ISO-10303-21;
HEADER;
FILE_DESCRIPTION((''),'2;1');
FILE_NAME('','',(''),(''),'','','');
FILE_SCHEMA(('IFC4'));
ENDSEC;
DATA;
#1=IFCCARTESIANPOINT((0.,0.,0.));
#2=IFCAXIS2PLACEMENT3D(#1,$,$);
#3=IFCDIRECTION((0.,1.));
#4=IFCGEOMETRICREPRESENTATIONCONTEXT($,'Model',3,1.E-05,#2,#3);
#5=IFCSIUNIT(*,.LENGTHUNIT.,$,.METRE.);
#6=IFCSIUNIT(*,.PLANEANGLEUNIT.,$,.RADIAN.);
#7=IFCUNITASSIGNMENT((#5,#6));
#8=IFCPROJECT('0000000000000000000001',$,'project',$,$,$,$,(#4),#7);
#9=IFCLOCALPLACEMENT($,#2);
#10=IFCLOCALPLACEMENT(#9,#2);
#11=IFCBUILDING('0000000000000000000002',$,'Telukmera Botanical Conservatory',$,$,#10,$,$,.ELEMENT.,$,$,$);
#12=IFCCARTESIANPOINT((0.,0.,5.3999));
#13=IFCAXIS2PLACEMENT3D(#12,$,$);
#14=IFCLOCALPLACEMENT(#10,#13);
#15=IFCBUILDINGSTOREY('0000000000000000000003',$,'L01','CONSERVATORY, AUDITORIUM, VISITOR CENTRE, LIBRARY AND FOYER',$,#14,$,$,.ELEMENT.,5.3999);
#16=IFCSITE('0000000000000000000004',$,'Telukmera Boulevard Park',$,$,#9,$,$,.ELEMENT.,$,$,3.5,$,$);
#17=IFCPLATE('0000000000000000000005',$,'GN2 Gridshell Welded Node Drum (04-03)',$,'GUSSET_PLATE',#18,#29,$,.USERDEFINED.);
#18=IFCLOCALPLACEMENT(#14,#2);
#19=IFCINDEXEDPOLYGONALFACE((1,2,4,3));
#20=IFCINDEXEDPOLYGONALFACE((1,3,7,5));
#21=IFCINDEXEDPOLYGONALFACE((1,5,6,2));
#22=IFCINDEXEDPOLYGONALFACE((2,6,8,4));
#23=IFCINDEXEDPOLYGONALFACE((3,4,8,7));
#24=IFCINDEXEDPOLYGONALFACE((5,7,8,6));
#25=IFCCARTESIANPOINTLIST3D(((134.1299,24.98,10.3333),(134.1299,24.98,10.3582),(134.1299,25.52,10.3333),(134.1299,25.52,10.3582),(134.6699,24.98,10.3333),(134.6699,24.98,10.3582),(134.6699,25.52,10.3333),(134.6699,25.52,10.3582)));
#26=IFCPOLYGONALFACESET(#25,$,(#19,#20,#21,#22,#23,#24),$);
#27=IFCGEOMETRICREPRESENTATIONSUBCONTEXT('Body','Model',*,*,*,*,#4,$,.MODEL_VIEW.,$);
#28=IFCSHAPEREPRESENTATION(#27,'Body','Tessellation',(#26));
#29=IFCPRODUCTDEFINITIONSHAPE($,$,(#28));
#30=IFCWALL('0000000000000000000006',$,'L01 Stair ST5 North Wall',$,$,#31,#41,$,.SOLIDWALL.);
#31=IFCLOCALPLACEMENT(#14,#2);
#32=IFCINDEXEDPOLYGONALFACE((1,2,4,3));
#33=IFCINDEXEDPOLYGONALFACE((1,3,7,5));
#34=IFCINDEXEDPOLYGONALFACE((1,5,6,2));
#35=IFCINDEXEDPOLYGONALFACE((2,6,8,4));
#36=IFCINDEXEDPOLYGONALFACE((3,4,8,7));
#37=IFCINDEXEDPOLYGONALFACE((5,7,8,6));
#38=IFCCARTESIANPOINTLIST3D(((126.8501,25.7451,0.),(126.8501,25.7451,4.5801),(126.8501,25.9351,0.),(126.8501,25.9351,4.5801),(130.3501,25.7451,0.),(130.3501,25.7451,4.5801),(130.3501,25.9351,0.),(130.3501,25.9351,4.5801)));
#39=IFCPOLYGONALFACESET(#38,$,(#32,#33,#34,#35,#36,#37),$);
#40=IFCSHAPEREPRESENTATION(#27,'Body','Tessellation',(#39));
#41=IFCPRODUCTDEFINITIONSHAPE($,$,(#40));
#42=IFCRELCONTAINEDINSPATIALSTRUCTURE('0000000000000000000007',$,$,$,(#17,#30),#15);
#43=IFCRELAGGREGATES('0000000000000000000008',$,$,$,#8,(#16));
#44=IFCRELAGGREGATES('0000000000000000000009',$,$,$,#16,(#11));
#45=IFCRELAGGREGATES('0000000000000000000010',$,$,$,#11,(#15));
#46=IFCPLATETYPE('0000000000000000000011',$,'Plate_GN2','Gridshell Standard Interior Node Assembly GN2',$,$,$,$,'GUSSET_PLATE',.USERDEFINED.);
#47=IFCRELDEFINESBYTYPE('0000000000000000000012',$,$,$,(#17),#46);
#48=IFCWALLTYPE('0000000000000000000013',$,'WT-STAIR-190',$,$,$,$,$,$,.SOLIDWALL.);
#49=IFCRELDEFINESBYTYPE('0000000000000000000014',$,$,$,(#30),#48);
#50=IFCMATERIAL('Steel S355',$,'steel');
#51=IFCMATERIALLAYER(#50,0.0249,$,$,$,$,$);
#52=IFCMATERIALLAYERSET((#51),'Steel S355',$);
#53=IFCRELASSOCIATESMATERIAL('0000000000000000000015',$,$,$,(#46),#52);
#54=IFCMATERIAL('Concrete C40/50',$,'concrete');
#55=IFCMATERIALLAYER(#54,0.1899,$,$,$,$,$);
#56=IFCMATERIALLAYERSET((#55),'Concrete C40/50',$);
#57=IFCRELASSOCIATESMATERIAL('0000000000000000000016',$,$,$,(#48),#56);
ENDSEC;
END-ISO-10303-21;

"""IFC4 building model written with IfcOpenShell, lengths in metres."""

from ifc_helpers import new_model, si_unit, direction, frame, frame_2d, origin, origin_2d, place, context, subcontext, project, spatial, rectangle, extrude, material, layer, layer_set, type_object, element, save


model = new_model("IFC4")

# Units and contexts
model_context = context("Model", 3, precision=1e-05, world=origin(), true_north=direction((0.0, 1.0)))
body_context = subcontext(model_context, "Body", "Model", "MODEL_VIEW")
ifc_project = project(units=[si_unit("LENGTHUNIT", "METRE"), si_unit("PLANEANGLEUNIT", "RADIAN")], contexts=[model_context])

# Site, building, storey
site_placement = place(None, origin())
site = spatial("IfcSite", under=ifc_project, at=site_placement, Name="Telukmera Boulevard Park", CompositionType="ELEMENT", RefElevation=3.5)
building_placement = place(site_placement, origin())
building = spatial("IfcBuilding", under=site, at=building_placement, Name="Telukmera Botanical Conservatory", CompositionType="ELEMENT")
storey_placement = place(building_placement, frame((0.0, 0.0, 5.3999)))
storey = spatial("IfcBuildingStorey", under=building, at=storey_placement, Name="L01", Description="CONSERVATORY, AUDITORIUM, VISITOR CENTRE, LIBRARY AND FOYER", CompositionType="ELEMENT", Elevation=5.3999)

# Shared definitions
ifc_material_1 = material(Name="Steel S355", Category="steel")

# Plate
ifc_layer_1 = layer(ifc_material_1, 0.0249)
ifc_layer_set_1 = layer_set([ifc_layer_1], Name="Steel S355")
plate_type = type_object("IfcPlateType", Name="Plate_GN2", Description="Gridshell Standard Interior Node Assembly GN2", ElementType="GUSSET_PLATE", PredefinedType="USERDEFINED", material=ifc_layer_set_1)
for number, where, z_axis, x_axis, name in (
    (1, (134.3999, 25.25, 10.3333), (0.0, 0.0, 1.0), (1.0, 0.0, 0.0), "GN2 Gridshell Welded Node Drum (04-03)"),
):
    element("IfcPlate", number, at=place(storey_placement, frame(where, z_axis=z_axis, x_axis=x_axis)), inside=storey, type_object=plate_type, Name=name, ObjectType="GUSSET_PLATE", PredefinedType="USERDEFINED", context=body_context, shape_type="SweptSolid", body=[
        extrude(rectangle(XDim=0.54, YDim=0.54, at=origin_2d()), origin(), (0.0, 0.0, 1.0), 0.0249),
    ])

# Wall
ifc_material_2 = material(Name="Concrete C40/50", Category="concrete")
ifc_layer_2 = layer(ifc_material_2, 0.1899)
ifc_layer_set_2 = layer_set([ifc_layer_2], Name="Concrete C40/50")
wall_type = type_object("IfcWallType", Name="WT-STAIR-190", PredefinedType="SOLIDWALL", material=ifc_layer_set_2)
wall_placement = place(storey_placement, frame((126.8501, 25.8401, 0.0), z_axis=(0.0, 0.0, 1.0), x_axis=(1.0, 0.0, 0.0)))
element("IfcWall", 2, at=wall_placement, inside=storey, type_object=wall_type, Name="L01 Stair ST5 North Wall", PredefinedType="SOLIDWALL", context=body_context, shape_type="SweptSolid", body=[
    extrude(rectangle(XDim=3.5, YDim=0.1899, at=frame_2d((1.75, 0.0))), origin(), (0.0, 0.0, 1.0), 4.5801),
])

save(model, "model.ifc")
